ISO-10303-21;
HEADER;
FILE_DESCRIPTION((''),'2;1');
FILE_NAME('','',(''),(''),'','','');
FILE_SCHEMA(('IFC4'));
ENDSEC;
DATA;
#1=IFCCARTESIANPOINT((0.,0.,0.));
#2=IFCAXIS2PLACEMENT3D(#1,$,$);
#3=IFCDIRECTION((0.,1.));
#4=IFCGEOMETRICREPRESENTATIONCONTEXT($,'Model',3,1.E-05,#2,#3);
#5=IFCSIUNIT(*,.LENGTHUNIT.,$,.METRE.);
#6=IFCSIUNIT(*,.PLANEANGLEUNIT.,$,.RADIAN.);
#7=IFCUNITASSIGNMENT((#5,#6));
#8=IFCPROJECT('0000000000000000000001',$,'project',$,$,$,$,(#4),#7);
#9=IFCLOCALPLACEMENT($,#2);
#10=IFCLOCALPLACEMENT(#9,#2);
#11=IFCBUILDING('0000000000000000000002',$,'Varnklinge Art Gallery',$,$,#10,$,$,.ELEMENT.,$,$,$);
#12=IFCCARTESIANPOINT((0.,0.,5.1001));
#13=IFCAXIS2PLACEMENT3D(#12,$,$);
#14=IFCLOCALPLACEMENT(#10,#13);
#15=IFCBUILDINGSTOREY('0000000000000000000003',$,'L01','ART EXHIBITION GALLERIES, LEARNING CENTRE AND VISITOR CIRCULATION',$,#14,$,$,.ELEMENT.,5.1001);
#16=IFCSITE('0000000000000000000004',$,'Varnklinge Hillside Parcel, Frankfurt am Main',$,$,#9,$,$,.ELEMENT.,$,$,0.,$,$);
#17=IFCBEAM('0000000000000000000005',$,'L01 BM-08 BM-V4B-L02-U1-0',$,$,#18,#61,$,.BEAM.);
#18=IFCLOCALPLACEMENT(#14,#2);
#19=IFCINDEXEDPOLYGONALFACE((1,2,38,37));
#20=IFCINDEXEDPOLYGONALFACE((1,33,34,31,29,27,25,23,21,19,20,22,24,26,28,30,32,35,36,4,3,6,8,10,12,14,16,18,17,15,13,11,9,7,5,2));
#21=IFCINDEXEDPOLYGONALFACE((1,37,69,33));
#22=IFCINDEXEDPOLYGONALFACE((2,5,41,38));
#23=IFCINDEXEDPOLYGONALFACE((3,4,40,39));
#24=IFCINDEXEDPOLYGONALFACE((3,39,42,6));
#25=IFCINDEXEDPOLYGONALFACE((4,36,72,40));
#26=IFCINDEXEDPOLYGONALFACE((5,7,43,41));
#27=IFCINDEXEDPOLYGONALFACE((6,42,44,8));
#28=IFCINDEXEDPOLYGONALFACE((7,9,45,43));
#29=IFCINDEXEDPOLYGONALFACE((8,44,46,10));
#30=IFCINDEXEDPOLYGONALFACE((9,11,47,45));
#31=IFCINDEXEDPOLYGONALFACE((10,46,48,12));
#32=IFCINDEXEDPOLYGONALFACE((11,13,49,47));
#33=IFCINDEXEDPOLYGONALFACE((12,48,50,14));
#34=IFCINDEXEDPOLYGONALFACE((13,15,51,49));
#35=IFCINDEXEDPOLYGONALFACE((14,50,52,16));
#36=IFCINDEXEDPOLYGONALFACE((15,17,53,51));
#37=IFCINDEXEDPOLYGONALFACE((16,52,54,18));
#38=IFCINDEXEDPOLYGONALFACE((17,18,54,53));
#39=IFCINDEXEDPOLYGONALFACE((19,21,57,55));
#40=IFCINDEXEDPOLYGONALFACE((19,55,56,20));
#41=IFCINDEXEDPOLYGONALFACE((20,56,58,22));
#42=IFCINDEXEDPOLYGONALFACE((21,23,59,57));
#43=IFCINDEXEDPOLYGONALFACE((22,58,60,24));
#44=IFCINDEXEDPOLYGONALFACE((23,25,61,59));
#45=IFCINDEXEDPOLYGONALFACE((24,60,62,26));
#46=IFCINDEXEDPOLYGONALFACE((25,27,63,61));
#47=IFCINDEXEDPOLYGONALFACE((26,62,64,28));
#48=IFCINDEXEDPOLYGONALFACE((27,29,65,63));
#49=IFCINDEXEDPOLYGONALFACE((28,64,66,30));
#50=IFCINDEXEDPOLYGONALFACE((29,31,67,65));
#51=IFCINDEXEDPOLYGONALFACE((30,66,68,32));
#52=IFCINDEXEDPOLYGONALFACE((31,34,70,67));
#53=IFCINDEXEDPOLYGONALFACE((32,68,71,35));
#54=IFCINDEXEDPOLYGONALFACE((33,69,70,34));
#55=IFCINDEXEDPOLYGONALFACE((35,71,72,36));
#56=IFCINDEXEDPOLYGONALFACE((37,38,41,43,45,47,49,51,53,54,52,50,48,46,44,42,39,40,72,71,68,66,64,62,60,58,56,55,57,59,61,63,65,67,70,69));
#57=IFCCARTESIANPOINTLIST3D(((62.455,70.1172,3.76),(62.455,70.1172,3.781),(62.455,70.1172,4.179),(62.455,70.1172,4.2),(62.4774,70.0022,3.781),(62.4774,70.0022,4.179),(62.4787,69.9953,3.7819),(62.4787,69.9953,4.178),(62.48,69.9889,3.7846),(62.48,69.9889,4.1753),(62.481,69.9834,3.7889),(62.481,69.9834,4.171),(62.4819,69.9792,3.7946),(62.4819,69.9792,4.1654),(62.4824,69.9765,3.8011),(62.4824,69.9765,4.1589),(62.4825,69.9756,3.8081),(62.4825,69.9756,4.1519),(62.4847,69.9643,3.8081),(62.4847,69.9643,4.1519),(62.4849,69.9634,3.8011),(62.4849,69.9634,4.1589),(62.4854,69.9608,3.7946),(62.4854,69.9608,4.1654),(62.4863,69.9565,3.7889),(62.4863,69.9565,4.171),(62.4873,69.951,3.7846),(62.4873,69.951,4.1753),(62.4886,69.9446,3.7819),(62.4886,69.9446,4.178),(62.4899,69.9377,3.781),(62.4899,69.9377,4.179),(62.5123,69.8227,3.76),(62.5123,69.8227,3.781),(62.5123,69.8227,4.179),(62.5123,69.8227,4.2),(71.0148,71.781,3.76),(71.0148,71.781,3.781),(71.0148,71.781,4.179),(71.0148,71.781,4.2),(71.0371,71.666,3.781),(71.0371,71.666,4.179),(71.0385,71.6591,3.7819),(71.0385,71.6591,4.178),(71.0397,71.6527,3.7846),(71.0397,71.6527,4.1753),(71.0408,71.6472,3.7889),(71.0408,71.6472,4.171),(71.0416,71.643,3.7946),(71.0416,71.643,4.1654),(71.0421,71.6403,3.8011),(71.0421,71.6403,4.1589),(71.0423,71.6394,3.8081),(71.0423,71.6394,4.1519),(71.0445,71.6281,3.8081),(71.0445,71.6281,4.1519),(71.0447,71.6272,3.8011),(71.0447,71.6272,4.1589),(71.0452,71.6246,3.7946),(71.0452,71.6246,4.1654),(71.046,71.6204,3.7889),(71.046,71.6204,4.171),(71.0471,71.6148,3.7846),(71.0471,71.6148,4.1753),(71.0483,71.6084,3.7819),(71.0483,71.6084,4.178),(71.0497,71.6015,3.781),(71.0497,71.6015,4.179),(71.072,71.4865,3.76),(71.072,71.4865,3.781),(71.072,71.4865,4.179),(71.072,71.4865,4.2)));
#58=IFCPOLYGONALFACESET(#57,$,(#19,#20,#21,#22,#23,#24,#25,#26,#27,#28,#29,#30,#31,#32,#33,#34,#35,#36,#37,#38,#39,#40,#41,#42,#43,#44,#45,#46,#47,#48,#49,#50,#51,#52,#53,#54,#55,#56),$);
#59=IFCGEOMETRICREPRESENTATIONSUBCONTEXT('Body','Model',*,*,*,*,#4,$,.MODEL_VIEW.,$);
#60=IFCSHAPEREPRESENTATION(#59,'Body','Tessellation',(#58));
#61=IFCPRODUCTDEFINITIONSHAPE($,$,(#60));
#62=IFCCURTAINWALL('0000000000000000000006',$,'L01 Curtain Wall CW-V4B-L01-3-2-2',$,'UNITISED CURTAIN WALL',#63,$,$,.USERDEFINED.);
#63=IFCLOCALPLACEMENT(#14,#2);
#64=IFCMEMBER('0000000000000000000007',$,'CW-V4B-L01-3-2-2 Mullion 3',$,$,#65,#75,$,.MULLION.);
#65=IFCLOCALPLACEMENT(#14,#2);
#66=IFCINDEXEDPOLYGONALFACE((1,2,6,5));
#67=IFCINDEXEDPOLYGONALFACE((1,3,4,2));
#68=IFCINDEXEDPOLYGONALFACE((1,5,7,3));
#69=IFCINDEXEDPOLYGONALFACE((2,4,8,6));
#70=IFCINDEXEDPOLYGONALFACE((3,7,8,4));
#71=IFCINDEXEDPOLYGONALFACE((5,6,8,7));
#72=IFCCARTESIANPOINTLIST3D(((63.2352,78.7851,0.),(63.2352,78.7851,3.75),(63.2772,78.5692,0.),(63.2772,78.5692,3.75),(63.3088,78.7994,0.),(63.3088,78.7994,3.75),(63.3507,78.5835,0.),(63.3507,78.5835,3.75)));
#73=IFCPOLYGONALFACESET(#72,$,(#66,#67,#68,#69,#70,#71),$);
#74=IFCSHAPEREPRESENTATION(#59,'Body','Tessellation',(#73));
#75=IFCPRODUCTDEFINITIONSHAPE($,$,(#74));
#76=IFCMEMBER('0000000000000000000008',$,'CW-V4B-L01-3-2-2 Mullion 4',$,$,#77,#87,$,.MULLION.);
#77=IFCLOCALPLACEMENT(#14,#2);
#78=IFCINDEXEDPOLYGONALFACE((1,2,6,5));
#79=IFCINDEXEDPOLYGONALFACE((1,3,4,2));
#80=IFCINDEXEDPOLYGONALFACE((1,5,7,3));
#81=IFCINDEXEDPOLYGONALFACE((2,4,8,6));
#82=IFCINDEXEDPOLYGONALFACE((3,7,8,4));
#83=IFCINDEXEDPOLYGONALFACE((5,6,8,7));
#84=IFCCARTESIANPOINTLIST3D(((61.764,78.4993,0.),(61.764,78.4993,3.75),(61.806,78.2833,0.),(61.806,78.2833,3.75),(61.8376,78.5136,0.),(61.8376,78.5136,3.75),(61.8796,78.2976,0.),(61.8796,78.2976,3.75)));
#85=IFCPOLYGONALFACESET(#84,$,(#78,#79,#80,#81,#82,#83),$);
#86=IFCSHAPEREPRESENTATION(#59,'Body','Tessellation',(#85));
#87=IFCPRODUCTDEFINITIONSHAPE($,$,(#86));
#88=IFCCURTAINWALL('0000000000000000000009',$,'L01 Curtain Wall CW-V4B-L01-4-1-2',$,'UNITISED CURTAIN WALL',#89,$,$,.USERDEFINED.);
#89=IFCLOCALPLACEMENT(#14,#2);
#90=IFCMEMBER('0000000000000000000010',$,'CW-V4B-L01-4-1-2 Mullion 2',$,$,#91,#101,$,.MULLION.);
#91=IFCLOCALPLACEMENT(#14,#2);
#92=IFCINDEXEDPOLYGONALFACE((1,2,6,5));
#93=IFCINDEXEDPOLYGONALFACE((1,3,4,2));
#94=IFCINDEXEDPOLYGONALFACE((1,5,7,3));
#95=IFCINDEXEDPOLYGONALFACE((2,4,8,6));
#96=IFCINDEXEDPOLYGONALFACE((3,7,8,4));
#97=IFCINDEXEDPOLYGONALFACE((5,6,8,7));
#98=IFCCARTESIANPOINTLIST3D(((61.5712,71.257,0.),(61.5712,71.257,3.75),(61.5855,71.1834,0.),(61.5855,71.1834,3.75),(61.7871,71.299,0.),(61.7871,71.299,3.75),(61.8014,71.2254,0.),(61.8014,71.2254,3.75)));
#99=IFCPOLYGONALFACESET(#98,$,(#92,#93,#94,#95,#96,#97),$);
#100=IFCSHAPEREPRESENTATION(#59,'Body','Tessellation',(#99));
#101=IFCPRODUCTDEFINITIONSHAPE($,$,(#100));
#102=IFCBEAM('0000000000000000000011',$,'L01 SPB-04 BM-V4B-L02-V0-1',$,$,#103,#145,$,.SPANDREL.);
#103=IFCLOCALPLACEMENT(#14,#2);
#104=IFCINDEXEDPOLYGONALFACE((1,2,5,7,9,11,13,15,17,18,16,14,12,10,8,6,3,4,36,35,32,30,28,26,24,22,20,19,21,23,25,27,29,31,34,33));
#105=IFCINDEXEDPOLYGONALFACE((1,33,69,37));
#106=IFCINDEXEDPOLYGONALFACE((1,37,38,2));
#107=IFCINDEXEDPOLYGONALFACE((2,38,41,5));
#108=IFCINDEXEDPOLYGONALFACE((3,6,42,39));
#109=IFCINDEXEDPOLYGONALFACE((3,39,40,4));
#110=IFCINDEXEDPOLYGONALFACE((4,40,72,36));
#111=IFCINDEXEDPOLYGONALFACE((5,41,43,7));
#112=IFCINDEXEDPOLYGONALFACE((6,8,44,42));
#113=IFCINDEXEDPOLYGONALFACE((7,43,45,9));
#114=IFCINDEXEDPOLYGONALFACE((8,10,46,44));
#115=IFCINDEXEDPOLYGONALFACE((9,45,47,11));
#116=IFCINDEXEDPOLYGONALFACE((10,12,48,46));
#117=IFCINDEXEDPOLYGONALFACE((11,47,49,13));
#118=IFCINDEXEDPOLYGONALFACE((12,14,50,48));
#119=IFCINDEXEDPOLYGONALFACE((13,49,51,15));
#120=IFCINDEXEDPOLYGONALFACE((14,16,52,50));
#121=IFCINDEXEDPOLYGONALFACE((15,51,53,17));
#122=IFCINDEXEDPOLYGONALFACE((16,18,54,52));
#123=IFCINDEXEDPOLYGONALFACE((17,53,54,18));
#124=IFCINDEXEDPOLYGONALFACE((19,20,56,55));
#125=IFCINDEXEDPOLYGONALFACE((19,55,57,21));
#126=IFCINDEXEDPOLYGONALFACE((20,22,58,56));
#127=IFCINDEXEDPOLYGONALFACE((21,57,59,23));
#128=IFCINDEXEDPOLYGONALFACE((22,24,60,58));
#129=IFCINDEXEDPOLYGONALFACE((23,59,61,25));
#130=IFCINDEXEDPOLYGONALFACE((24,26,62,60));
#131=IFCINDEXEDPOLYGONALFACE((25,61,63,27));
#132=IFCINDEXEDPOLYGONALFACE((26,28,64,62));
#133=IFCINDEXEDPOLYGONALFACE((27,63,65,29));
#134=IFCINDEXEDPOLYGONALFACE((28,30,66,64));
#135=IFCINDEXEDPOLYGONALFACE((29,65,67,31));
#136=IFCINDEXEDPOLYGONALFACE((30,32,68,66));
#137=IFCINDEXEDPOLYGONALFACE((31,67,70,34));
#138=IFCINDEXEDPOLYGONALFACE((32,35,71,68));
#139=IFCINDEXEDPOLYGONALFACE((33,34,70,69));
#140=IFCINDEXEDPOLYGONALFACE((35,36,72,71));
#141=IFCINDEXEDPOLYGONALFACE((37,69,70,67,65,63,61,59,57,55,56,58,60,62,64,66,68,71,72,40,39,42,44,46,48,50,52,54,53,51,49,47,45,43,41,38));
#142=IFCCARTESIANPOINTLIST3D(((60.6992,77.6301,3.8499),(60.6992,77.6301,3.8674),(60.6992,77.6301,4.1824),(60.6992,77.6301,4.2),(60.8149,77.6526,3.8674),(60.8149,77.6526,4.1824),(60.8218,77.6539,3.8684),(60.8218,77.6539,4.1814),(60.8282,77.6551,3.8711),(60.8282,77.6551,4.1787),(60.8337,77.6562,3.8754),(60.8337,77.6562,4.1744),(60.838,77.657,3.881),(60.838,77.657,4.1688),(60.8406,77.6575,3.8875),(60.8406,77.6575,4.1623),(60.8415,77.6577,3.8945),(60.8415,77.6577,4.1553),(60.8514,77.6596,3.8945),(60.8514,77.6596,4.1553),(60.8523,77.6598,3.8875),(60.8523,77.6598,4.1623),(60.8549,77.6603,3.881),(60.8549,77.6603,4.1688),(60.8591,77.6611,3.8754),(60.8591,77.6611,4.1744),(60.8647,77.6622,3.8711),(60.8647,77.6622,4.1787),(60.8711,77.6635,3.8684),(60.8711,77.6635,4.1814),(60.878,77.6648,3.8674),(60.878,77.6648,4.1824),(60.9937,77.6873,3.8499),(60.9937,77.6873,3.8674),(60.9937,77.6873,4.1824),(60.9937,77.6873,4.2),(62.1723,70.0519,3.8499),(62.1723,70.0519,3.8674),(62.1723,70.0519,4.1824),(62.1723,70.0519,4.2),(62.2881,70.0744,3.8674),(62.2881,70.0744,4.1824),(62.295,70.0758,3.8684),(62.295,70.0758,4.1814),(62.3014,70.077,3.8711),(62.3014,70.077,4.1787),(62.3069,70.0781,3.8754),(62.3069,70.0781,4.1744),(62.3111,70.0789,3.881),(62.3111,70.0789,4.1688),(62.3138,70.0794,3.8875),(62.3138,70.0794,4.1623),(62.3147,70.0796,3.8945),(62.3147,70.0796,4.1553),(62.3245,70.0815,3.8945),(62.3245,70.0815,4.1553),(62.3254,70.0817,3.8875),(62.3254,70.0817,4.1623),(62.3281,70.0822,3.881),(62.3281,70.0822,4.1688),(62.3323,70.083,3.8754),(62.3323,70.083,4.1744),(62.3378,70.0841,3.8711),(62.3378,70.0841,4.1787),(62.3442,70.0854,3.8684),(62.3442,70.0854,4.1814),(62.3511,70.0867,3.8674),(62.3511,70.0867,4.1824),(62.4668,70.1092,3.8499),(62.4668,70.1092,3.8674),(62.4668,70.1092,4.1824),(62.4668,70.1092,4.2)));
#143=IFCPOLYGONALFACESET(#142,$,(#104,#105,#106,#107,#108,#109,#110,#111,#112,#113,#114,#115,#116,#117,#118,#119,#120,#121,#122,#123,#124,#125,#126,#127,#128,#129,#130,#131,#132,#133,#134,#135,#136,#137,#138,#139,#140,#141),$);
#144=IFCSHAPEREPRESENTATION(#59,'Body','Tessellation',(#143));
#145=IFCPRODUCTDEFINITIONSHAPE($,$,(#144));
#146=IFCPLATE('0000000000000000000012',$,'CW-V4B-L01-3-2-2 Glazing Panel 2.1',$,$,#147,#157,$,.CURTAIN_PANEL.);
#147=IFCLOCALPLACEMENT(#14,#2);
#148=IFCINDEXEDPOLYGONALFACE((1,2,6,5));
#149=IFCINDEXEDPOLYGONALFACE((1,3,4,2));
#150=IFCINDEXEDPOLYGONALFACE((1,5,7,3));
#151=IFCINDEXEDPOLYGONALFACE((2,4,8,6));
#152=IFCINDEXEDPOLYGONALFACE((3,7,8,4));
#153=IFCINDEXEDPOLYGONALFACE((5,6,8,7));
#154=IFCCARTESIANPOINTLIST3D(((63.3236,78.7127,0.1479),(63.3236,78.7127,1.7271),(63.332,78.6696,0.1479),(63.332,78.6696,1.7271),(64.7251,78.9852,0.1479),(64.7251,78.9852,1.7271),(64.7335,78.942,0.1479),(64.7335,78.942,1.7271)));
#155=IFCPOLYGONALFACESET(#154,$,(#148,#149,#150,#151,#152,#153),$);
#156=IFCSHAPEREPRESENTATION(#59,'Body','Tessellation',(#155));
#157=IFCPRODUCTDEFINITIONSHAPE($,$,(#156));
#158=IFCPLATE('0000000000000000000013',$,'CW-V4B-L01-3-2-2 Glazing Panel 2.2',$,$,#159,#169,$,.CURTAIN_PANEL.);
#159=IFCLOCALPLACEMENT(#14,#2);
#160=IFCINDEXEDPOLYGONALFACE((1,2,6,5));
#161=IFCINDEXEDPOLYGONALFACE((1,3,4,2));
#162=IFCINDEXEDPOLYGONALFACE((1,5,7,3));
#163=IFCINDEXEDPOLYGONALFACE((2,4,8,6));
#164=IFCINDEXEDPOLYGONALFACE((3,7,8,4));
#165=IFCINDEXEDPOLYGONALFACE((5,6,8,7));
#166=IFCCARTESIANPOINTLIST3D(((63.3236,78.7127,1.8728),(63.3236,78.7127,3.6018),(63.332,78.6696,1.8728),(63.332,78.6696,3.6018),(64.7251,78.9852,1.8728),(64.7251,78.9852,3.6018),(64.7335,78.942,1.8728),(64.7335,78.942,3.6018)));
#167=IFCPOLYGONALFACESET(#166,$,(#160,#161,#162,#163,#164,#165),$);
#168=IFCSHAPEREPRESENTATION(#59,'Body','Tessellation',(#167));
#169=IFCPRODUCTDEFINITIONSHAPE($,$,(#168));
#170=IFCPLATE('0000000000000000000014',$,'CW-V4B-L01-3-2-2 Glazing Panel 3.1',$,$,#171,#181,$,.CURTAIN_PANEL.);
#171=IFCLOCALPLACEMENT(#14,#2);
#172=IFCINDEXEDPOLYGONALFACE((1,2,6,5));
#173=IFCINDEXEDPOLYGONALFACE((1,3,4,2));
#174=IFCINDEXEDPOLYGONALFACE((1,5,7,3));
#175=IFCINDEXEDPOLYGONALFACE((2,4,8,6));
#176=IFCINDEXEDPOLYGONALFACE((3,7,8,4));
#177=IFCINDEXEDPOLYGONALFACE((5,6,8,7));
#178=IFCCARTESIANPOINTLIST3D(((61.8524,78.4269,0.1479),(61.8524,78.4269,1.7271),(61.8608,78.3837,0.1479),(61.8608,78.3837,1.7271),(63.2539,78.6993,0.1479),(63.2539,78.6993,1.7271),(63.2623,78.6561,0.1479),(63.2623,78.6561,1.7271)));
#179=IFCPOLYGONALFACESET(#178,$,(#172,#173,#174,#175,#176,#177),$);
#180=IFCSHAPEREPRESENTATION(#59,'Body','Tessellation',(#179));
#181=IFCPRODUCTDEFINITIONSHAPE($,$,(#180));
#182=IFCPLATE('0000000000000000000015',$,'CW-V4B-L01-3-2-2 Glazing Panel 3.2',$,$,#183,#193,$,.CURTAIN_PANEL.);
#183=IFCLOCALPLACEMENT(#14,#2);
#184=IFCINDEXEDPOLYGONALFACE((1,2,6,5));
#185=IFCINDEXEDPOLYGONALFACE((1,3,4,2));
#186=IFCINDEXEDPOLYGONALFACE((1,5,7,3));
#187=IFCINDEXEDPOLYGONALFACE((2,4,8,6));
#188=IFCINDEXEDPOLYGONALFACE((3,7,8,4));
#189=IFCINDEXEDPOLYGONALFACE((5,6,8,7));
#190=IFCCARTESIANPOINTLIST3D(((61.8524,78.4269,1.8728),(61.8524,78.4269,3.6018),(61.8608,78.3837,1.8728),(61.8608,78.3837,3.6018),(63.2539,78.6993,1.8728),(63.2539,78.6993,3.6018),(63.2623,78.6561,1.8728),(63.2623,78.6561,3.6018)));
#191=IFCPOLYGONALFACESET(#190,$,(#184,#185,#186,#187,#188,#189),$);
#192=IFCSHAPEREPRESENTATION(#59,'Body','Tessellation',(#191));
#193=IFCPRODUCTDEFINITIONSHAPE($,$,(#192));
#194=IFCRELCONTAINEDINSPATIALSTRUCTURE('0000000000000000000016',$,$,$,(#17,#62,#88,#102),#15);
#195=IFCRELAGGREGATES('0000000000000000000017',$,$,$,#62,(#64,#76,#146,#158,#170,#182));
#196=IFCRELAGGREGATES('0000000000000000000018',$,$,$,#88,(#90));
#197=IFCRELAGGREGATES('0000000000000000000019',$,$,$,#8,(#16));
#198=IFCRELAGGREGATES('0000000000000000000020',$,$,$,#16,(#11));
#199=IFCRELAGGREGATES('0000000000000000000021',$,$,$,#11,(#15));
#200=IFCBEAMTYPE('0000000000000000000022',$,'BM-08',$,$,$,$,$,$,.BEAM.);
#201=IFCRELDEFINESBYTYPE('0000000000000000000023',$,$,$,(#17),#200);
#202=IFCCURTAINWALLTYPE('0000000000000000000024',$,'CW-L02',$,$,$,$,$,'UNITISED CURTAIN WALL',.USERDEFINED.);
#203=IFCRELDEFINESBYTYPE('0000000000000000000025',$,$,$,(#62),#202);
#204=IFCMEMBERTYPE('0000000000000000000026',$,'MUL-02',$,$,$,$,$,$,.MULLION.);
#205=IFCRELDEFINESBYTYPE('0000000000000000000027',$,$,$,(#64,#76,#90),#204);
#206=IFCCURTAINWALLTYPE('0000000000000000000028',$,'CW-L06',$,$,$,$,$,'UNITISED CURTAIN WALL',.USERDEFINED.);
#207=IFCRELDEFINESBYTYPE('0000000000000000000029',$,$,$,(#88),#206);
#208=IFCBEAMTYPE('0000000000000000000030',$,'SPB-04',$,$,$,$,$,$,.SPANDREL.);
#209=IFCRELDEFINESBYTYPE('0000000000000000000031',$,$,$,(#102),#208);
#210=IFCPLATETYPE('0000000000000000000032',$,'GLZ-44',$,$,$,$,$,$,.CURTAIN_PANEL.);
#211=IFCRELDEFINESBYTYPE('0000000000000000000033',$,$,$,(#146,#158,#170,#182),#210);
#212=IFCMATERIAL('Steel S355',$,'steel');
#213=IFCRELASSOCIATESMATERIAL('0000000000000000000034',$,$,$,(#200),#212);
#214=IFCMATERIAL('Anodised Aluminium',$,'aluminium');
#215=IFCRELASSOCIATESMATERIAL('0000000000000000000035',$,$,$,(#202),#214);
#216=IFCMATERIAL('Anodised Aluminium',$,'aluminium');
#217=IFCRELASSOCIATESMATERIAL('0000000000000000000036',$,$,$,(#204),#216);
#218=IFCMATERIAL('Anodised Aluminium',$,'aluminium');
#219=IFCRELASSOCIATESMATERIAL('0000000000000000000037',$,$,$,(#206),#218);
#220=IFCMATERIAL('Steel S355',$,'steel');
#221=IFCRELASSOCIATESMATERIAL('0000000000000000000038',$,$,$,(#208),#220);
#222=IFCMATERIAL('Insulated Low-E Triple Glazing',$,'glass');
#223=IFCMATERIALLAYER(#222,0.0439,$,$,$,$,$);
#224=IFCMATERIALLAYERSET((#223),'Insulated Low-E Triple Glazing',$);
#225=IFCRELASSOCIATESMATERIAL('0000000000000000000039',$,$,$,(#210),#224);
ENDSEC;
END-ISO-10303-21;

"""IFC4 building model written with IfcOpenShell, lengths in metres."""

from ifc_helpers import new_model, si_unit, direction, frame, origin, origin_2d, place, context, subcontext, project, spatial, rectangle, i_section, extrude, material, layer, layer_set, material_profile, profile_set, type_object, element, aggregate, save


model = new_model("IFC4")

# Units and contexts
model_context = context("Model", 3, precision=1e-05, world=origin(), true_north=direction((0.0, 1.0)))
body_context = subcontext(model_context, "Body", "Model", "MODEL_VIEW")
ifc_project = project(units=[si_unit("LENGTHUNIT", "METRE"), si_unit("PLANEANGLEUNIT", "RADIAN")], contexts=[model_context])

# Site, building, storey
site_placement = place(None, origin())
site = spatial("IfcSite", under=ifc_project, at=site_placement, Name="Varnklinge Hillside Parcel, Frankfurt am Main", CompositionType="ELEMENT", RefElevation=0.0)
building_placement = place(site_placement, origin())
building = spatial("IfcBuilding", under=site, at=building_placement, Name="Varnklinge Art Gallery", CompositionType="ELEMENT")
storey_placement = place(building_placement, frame((0.0, 0.0, 5.1001)))
storey = spatial("IfcBuildingStorey", under=building, at=storey_placement, Name="L01", Description="ART EXHIBITION GALLERIES, LEARNING CENTRE AND VISITOR CIRCULATION", CompositionType="ELEMENT", Elevation=5.1001)

# Beam
ifc_material_1 = material(Name="Steel S355", Category="steel")
ifc_material_profile_1 = material_profile(ifc_material_1, i_section(OverallWidth=0.3, OverallDepth=0.4399, WebThickness=0.0115, FlangeThickness=0.021, FilletRadius=0.0271, at=origin_2d()), Name="HEA 450")
ifc_profile_set_1 = profile_set([ifc_material_profile_1], Name="Steel S355")
beam_type_1 = type_object("IfcBeamType", Name="BM-08", PredefinedType="BEAM", material=ifc_profile_set_1)
beam_1_placement = place(storey_placement, frame((62.4836, 69.97, 3.98), z_axis=(0.981628, 0.190804, 0.0), x_axis=(-0.190804, 0.981628, 0.0)))
element("IfcBeam", 1, at=beam_1_placement, inside=storey, type_object=beam_type_1, Name="L01 BM-08 BM-V4B-L02-U1-0", PredefinedType="BEAM", context=body_context, shape_type="SweptSolid", body=[
    extrude(i_section(OverallWidth=0.3, OverallDepth=0.4399, WebThickness=0.0115, FlangeThickness=0.021, FilletRadius=0.0271, at=origin_2d()), origin(), (0.0, 0.0, 1.0), 8.72),
])

# Curtain wall, members
ifc_material_2 = material(Name="Anodised Aluminium", Category="aluminium")
curtain_wall_type_1 = type_object("IfcCurtainWallType", Name="CW-L02", ElementType="UNITISED CURTAIN WALL", PredefinedType="USERDEFINED", material=ifc_material_2)
curtain_wall_1_placement = place(storey_placement, origin())
curtain_wall_1 = element("IfcCurtainWall", 2, at=curtain_wall_1_placement, inside=storey, type_object=curtain_wall_type_1, Name="L01 Curtain Wall CW-V4B-L01-3-2-2", ObjectType="UNITISED CURTAIN WALL", PredefinedType="USERDEFINED")
ifc_material_3 = material(Name="Anodised Aluminium", Category="aluminium")
ifc_material_profile_2 = material_profile(ifc_material_3, rectangle(XDim=0.075, YDim=0.22, at=origin_2d()), Name="ALU 75x220")
ifc_profile_set_2 = profile_set([ifc_material_profile_2], Name="Anodised Aluminium")
member_type = type_object("IfcMemberType", Name="MUL-02", PredefinedType="MULLION", material=ifc_profile_set_2)
member_1_placement = place(storey_placement, frame((63.293, 78.6843, 0.0), z_axis=(0.0, 0.0, 1.0), x_axis=(-0.981627, -0.190809, 0.0)))
member_1 = element("IfcMember", 3, at=member_1_placement, type_object=member_type, Name="CW-V4B-L01-3-2-2 Mullion 3", PredefinedType="MULLION", context=body_context, shape_type="SweptSolid", body=[
    extrude(rectangle(XDim=0.075, YDim=0.22, at=origin_2d()), origin(), (0.0, 0.0, 1.0), 3.75),
])
member_2_placement = place(storey_placement, frame((61.8218, 78.3984, 0.0), z_axis=(0.0, 0.0, 1.0), x_axis=(-0.981627, -0.190809, 0.0)))
member_2 = element("IfcMember", 4, at=member_2_placement, type_object=member_type, Name="CW-V4B-L01-3-2-2 Mullion 4", PredefinedType="MULLION", context=body_context, shape_type="SweptSolid", body=[
    extrude(rectangle(XDim=0.075, YDim=0.22, at=origin_2d()), origin(), (0.0, 0.0, 1.0), 3.75),
])

# Curtain wall, member
ifc_material_4 = material(Name="Anodised Aluminium", Category="aluminium")
curtain_wall_type_2 = type_object("IfcCurtainWallType", Name="CW-L06", ElementType="UNITISED CURTAIN WALL", PredefinedType="USERDEFINED", material=ifc_material_4)
curtain_wall_2_placement = place(storey_placement, origin())
curtain_wall_2 = element("IfcCurtainWall", 5, at=curtain_wall_2_placement, inside=storey, type_object=curtain_wall_type_2, Name="L01 Curtain Wall CW-V4B-L01-4-1-2", ObjectType="UNITISED CURTAIN WALL", PredefinedType="USERDEFINED")
member_3_placement = place(storey_placement, frame((61.6863, 71.2412, 0.0), z_axis=(0.0, 0.0, 1.0), x_axis=(0.190809, -0.981627, 0.0)))
member_3 = element("IfcMember", 6, at=member_3_placement, type_object=member_type, Name="CW-V4B-L01-4-1-2 Mullion 2", PredefinedType="MULLION", context=body_context, shape_type="SweptSolid", body=[
    extrude(rectangle(XDim=0.075, YDim=0.22, at=origin_2d()), origin(), (0.0, 0.0, 1.0), 3.75),
])

# Beam
ifc_material_5 = material(Name="Steel S355", Category="steel")
ifc_material_profile_3 = material_profile(ifc_material_5, i_section(OverallWidth=0.3, OverallDepth=0.3501, WebThickness=0.01, FlangeThickness=0.0176, FilletRadius=0.0271, at=origin_2d()), Name="HEA 360")
ifc_profile_set_3 = profile_set([ifc_material_profile_3], Name="Steel S355")
beam_type_2 = type_object("IfcBeamType", Name="SPB-04", PredefinedType="SPANDREL", material=ifc_profile_set_3)
beam_2_placement = place(storey_placement, frame((62.3196, 70.0806, 4.0249), z_axis=(-0.190822, 0.981625, 0.0), x_axis=(-0.981625, -0.190822, 0.0)))
element("IfcBeam", 7, at=beam_2_placement, inside=storey, type_object=beam_type_2, Name="L01 SPB-04 BM-V4B-L02-V0-1", PredefinedType="SPANDREL", context=body_context, shape_type="SweptSolid", body=[
    extrude(i_section(OverallWidth=0.3, OverallDepth=0.3501, WebThickness=0.01, FlangeThickness=0.0176, FilletRadius=0.0271, at=origin_2d()), origin(), (0.0, 0.0, 1.0), 7.72),
])

# Plates
ifc_material_6 = material(Name="Insulated Low-E Triple Glazing", Category="glass")
ifc_layer_1 = layer(ifc_material_6, 0.0439)
ifc_layer_set_1 = layer_set([ifc_layer_1], Name="Insulated Low-E Triple Glazing")
plate_type = type_object("IfcPlateType", Name="GLZ-44", PredefinedType="CURTAIN_PANEL", material=ifc_layer_set_1)
plate_1_placement = place(storey_placement, frame((64.0286, 78.8274, 0.1479), z_axis=(0.0, 0.0, 1.0), x_axis=(-0.981627, -0.190809, 0.0)))
plate_1 = element("IfcPlate", 8, at=plate_1_placement, type_object=plate_type, Name="CW-V4B-L01-3-2-2 Glazing Panel 2.1", PredefinedType="CURTAIN_PANEL", context=body_context, shape_type="SweptSolid", body=[
    extrude(rectangle(XDim=1.4277, YDim=0.0439, at=origin_2d()), origin(), (0.0, 0.0, 1.0), 1.5791),
])
plate_2_placement = place(storey_placement, frame((64.0286, 78.8274, 1.8728), z_axis=(0.0, 0.0, 1.0), x_axis=(-0.981627, -0.190809, 0.0)))
plate_2 = element("IfcPlate", 9, at=plate_2_placement, type_object=plate_type, Name="CW-V4B-L01-3-2-2 Glazing Panel 2.2", PredefinedType="CURTAIN_PANEL", context=body_context, shape_type="SweptSolid", body=[
    extrude(rectangle(XDim=1.4277, YDim=0.0439, at=origin_2d()), origin(), (0.0, 0.0, 1.0), 1.729),
])
plate_3_placement = place(storey_placement, frame((62.5574, 78.5415, 0.1479), z_axis=(0.0, 0.0, 1.0), x_axis=(-0.981627, -0.190809, 0.0)))
plate_3 = element("IfcPlate", 10, at=plate_3_placement, type_object=plate_type, Name="CW-V4B-L01-3-2-2 Glazing Panel 3.1", PredefinedType="CURTAIN_PANEL", context=body_context, shape_type="SweptSolid", body=[
    extrude(rectangle(XDim=1.4277, YDim=0.0439, at=origin_2d()), origin(), (0.0, 0.0, 1.0), 1.5791),
])
plate_4_placement = place(storey_placement, frame((62.5574, 78.5415, 1.8728), z_axis=(0.0, 0.0, 1.0), x_axis=(-0.981627, -0.190809, 0.0)))
plate_4 = element("IfcPlate", 11, at=plate_4_placement, type_object=plate_type, Name="CW-V4B-L01-3-2-2 Glazing Panel 3.2", PredefinedType="CURTAIN_PANEL", context=body_context, shape_type="SweptSolid", body=[
    extrude(rectangle(XDim=1.4277, YDim=0.0439, at=origin_2d()), origin(), (0.0, 0.0, 1.0), 1.729),
])
aggregate(curtain_wall_1, [member_1, member_2, plate_1, plate_2, plate_3, plate_4])
aggregate(curtain_wall_2, [member_3])

save(model, "model.ifc")
